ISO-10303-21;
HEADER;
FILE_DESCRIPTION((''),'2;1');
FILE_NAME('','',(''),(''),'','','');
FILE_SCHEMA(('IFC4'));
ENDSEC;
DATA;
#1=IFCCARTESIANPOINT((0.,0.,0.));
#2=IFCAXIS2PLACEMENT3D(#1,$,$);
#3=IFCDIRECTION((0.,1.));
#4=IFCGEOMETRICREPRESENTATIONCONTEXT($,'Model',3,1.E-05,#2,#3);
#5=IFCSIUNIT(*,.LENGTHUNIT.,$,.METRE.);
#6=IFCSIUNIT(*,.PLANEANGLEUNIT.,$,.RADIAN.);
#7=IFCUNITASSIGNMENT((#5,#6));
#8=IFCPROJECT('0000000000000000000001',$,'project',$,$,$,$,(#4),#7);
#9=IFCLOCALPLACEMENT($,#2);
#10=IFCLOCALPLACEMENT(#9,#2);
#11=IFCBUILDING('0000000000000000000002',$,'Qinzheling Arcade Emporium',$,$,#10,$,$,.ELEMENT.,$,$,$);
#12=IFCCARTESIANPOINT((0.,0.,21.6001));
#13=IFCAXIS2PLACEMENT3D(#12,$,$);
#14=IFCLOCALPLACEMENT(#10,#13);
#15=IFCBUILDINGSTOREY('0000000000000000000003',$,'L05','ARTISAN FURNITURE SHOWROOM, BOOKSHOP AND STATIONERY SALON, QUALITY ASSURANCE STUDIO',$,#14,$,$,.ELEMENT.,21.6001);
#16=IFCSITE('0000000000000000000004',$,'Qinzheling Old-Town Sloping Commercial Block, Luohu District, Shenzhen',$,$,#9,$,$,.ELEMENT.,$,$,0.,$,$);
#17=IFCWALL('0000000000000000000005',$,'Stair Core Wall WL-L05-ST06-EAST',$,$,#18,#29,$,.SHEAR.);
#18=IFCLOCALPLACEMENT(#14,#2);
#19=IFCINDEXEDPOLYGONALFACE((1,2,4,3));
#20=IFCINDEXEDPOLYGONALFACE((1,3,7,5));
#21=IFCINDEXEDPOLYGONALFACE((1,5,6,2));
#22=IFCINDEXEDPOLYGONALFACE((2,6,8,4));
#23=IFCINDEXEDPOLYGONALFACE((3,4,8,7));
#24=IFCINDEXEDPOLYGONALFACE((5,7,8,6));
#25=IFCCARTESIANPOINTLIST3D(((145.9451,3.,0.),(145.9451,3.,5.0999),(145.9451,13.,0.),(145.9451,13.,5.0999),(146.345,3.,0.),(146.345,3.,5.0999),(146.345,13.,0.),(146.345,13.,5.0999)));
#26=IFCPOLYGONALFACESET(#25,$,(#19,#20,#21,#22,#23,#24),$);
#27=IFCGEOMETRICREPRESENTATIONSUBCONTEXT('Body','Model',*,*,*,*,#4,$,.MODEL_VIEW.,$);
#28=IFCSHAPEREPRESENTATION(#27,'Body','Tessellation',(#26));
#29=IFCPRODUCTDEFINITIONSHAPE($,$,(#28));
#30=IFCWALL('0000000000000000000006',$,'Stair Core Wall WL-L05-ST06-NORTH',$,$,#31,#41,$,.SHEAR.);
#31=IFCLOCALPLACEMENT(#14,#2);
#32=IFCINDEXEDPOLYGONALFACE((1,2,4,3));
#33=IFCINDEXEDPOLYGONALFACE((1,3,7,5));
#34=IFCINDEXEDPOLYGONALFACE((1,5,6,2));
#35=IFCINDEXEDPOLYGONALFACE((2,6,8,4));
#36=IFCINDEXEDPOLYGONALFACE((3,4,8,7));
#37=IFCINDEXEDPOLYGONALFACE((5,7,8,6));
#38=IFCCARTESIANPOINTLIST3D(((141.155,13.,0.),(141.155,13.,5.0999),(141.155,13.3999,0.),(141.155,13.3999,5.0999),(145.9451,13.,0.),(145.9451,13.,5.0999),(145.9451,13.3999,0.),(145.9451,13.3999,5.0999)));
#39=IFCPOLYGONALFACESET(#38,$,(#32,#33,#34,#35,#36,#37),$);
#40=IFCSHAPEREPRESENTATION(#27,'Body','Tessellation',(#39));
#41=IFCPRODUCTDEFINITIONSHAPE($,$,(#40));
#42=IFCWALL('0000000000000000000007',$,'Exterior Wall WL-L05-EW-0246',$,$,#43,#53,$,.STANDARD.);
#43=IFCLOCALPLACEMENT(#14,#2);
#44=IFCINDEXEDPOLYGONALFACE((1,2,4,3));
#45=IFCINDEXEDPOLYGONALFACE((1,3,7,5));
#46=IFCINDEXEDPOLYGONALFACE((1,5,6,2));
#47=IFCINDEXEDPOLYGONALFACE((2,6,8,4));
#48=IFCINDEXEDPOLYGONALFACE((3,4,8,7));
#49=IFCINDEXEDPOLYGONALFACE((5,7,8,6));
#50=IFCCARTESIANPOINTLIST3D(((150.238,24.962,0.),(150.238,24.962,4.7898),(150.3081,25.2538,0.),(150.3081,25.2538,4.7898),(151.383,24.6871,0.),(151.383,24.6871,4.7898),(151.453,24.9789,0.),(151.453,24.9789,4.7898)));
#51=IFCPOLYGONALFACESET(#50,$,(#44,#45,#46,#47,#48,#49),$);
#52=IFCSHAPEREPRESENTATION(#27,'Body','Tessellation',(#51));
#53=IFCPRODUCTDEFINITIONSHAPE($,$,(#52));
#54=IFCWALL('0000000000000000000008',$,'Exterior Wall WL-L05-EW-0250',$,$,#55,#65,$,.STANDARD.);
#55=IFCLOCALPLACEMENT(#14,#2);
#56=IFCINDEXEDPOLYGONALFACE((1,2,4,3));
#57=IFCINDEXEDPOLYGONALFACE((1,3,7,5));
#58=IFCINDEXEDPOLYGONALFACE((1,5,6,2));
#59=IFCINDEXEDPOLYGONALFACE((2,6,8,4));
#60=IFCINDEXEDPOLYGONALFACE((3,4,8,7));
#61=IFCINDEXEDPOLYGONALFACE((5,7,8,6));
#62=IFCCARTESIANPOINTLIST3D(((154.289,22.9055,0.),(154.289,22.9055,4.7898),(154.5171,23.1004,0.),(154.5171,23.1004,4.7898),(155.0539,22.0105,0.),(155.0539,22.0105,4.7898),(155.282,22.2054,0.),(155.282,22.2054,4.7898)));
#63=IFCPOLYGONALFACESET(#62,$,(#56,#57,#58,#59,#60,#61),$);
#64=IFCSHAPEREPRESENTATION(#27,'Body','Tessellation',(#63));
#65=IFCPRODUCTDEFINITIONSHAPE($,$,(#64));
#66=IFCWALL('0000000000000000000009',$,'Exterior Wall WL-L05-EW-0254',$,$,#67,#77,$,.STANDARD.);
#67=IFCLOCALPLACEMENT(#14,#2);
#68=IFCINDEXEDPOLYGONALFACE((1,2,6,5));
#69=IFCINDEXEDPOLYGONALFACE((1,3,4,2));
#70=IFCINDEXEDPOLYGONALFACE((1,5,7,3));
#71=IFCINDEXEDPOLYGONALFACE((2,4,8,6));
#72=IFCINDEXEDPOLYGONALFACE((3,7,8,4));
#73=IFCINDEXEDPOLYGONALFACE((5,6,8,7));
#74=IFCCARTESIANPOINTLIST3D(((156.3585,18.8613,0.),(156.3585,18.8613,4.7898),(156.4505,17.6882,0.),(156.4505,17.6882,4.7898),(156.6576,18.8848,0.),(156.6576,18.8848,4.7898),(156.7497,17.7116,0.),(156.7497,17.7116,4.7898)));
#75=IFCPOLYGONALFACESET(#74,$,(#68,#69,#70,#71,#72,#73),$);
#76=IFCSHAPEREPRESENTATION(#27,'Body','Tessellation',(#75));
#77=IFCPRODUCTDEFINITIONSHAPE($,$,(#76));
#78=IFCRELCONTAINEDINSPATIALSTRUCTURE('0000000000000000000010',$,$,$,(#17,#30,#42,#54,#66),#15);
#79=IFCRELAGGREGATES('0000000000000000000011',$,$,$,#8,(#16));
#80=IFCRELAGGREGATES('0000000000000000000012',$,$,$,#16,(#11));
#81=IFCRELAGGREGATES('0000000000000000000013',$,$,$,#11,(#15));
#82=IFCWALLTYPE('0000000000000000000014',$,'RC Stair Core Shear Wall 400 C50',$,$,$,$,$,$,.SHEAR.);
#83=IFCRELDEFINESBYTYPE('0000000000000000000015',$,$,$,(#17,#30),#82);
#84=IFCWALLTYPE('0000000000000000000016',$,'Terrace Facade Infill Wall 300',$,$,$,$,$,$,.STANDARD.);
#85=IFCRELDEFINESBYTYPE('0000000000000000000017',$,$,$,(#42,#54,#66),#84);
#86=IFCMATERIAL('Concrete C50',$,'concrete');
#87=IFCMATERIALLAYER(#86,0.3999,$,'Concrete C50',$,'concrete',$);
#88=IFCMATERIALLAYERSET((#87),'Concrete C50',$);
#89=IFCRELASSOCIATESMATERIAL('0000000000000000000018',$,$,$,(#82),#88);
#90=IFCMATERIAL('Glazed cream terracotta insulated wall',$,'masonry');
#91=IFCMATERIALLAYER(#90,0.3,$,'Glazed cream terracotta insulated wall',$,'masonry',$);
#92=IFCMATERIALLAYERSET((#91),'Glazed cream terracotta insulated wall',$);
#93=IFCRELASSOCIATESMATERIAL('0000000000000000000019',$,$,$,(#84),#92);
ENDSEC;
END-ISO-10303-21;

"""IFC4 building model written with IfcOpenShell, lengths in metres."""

from ifc_helpers import new_model, si_unit, direction, frame, frame_2d, origin, place, context, subcontext, project, spatial, rectangle, extrude, material, layer, layer_set, type_object, element, save


model = new_model("IFC4")

# Units and contexts
model_context = context("Model", 3, precision=1e-05, world=origin(), true_north=direction((0.0, 1.0)))
body_context = subcontext(model_context, "Body", "Model", "MODEL_VIEW")
ifc_project = project(units=[si_unit("LENGTHUNIT", "METRE"), si_unit("PLANEANGLEUNIT", "RADIAN")], contexts=[model_context])

# Site, building, storey
site_placement = place(None, origin())
site = spatial("IfcSite", under=ifc_project, at=site_placement, Name="Qinzheling Old-Town Sloping Commercial Block, Luohu District, Shenzhen", CompositionType="ELEMENT", RefElevation=0.0)
building_placement = place(site_placement, origin())
building = spatial("IfcBuilding", under=site, at=building_placement, Name="Qinzheling Arcade Emporium", CompositionType="ELEMENT")
storey_placement = place(building_placement, frame((0.0, 0.0, 21.6001)))
storey = spatial("IfcBuildingStorey", under=building, at=storey_placement, Name="L05", Description="ARTISAN FURNITURE SHOWROOM, BOOKSHOP AND STATIONERY SALON, QUALITY ASSURANCE STUDIO", CompositionType="ELEMENT", Elevation=21.6001)

# Shared definitions
ifc_material_1 = material(Name="Glazed cream terracotta insulated wall", Category="masonry")

# Walls
ifc_material_2 = material(Name="Concrete C50", Category="concrete")
ifc_layer_1 = layer(ifc_material_2, 0.3999, Name="Concrete C50", Category="concrete")
ifc_layer_set_1 = layer_set([ifc_layer_1], Name="Concrete C50")
wall_type_1 = type_object("IfcWallType", Name="RC Stair Core Shear Wall 400 C50", PredefinedType="SHEAR", material=ifc_layer_set_1)
wall_1_placement = place(storey_placement, frame((146.145, 13.0, 0.0), z_axis=(0.0, 0.0, 1.0), x_axis=(0.0, -1.0, 0.0)))
element("IfcWall", 1, at=wall_1_placement, inside=storey, type_object=wall_type_1, Name="Stair Core Wall WL-L05-ST06-EAST", PredefinedType="SHEAR", context=body_context, shape_type="SweptSolid", body=[
    extrude(rectangle(XDim=10.0, YDim=0.3999, at=frame_2d((5.0, 0.0))), origin(), (0.0, 0.0, 1.0), 5.0999),
])
wall_2_placement = place(storey_placement, frame((141.155, 13.2, 0.0), z_axis=(0.0, 0.0, 1.0), x_axis=(1.0, 0.0, 0.0)))
element("IfcWall", 2, at=wall_2_placement, inside=storey, type_object=wall_type_1, Name="Stair Core Wall WL-L05-ST06-NORTH", PredefinedType="SHEAR", context=body_context, shape_type="SweptSolid", body=[
    extrude(rectangle(XDim=4.79, YDim=0.3999, at=frame_2d((2.395, 0.0))), origin(), (0.0, 0.0, 1.0), 5.0999),
])
ifc_layer_2 = layer(ifc_material_1, 0.3, Name="Glazed cream terracotta insulated wall", Category="masonry")
ifc_layer_set_2 = layer_set([ifc_layer_2], Name="Glazed cream terracotta insulated wall")
wall_type_2 = type_object("IfcWallType", Name="Terrace Facade Infill Wall 300", PredefinedType="STANDARD", material=ifc_layer_set_2)
wall_3_placement = place(storey_placement, frame((150.2729, 25.1079, 0.0), z_axis=(0.0, 0.0, 1.0), x_axis=(0.972368, -0.233451, 0.0)))
element("IfcWall", 3, at=wall_3_placement, inside=storey, type_object=wall_type_2, Name="Exterior Wall WL-L05-EW-0246", PredefinedType="STANDARD", context=body_context, shape_type="SweptSolid", body=[
    extrude(rectangle(XDim=1.1775, YDim=0.3, at=frame_2d((0.5889, 0.0))), origin(), (0.0, 0.0, 1.0), 4.7898),
])
wall_4_placement = place(storey_placement, frame((154.4031, 23.0029, 0.0), z_axis=(0.0, 0.0, 1.0), x_axis=(0.649681, -0.760207, 0.0)))
element("IfcWall", 4, at=wall_4_placement, inside=storey, type_object=wall_type_2, Name="Exterior Wall WL-L05-EW-0250", PredefinedType="STANDARD", context=body_context, shape_type="SweptSolid", body=[
    extrude(rectangle(XDim=1.1772, YDim=0.3, at=frame_2d((0.5886, 0.0))), origin(), (0.0, 0.0, 1.0), 4.7898),
])
wall_5_placement = place(storey_placement, frame((156.5081, 18.873, 0.0), z_axis=(0.0, 0.0, 1.0), x_axis=(0.07822, -0.996936, 0.0)))
element("IfcWall", 5, at=wall_5_placement, inside=storey, type_object=wall_type_2, Name="Exterior Wall WL-L05-EW-0254", PredefinedType="STANDARD", context=body_context, shape_type="SweptSolid", body=[
    extrude(rectangle(XDim=1.1768, YDim=0.3, at=frame_2d((0.5884, 0.0))), origin(), (0.0, 0.0, 1.0), 4.7898),
])

save(model, "model.ifc")
